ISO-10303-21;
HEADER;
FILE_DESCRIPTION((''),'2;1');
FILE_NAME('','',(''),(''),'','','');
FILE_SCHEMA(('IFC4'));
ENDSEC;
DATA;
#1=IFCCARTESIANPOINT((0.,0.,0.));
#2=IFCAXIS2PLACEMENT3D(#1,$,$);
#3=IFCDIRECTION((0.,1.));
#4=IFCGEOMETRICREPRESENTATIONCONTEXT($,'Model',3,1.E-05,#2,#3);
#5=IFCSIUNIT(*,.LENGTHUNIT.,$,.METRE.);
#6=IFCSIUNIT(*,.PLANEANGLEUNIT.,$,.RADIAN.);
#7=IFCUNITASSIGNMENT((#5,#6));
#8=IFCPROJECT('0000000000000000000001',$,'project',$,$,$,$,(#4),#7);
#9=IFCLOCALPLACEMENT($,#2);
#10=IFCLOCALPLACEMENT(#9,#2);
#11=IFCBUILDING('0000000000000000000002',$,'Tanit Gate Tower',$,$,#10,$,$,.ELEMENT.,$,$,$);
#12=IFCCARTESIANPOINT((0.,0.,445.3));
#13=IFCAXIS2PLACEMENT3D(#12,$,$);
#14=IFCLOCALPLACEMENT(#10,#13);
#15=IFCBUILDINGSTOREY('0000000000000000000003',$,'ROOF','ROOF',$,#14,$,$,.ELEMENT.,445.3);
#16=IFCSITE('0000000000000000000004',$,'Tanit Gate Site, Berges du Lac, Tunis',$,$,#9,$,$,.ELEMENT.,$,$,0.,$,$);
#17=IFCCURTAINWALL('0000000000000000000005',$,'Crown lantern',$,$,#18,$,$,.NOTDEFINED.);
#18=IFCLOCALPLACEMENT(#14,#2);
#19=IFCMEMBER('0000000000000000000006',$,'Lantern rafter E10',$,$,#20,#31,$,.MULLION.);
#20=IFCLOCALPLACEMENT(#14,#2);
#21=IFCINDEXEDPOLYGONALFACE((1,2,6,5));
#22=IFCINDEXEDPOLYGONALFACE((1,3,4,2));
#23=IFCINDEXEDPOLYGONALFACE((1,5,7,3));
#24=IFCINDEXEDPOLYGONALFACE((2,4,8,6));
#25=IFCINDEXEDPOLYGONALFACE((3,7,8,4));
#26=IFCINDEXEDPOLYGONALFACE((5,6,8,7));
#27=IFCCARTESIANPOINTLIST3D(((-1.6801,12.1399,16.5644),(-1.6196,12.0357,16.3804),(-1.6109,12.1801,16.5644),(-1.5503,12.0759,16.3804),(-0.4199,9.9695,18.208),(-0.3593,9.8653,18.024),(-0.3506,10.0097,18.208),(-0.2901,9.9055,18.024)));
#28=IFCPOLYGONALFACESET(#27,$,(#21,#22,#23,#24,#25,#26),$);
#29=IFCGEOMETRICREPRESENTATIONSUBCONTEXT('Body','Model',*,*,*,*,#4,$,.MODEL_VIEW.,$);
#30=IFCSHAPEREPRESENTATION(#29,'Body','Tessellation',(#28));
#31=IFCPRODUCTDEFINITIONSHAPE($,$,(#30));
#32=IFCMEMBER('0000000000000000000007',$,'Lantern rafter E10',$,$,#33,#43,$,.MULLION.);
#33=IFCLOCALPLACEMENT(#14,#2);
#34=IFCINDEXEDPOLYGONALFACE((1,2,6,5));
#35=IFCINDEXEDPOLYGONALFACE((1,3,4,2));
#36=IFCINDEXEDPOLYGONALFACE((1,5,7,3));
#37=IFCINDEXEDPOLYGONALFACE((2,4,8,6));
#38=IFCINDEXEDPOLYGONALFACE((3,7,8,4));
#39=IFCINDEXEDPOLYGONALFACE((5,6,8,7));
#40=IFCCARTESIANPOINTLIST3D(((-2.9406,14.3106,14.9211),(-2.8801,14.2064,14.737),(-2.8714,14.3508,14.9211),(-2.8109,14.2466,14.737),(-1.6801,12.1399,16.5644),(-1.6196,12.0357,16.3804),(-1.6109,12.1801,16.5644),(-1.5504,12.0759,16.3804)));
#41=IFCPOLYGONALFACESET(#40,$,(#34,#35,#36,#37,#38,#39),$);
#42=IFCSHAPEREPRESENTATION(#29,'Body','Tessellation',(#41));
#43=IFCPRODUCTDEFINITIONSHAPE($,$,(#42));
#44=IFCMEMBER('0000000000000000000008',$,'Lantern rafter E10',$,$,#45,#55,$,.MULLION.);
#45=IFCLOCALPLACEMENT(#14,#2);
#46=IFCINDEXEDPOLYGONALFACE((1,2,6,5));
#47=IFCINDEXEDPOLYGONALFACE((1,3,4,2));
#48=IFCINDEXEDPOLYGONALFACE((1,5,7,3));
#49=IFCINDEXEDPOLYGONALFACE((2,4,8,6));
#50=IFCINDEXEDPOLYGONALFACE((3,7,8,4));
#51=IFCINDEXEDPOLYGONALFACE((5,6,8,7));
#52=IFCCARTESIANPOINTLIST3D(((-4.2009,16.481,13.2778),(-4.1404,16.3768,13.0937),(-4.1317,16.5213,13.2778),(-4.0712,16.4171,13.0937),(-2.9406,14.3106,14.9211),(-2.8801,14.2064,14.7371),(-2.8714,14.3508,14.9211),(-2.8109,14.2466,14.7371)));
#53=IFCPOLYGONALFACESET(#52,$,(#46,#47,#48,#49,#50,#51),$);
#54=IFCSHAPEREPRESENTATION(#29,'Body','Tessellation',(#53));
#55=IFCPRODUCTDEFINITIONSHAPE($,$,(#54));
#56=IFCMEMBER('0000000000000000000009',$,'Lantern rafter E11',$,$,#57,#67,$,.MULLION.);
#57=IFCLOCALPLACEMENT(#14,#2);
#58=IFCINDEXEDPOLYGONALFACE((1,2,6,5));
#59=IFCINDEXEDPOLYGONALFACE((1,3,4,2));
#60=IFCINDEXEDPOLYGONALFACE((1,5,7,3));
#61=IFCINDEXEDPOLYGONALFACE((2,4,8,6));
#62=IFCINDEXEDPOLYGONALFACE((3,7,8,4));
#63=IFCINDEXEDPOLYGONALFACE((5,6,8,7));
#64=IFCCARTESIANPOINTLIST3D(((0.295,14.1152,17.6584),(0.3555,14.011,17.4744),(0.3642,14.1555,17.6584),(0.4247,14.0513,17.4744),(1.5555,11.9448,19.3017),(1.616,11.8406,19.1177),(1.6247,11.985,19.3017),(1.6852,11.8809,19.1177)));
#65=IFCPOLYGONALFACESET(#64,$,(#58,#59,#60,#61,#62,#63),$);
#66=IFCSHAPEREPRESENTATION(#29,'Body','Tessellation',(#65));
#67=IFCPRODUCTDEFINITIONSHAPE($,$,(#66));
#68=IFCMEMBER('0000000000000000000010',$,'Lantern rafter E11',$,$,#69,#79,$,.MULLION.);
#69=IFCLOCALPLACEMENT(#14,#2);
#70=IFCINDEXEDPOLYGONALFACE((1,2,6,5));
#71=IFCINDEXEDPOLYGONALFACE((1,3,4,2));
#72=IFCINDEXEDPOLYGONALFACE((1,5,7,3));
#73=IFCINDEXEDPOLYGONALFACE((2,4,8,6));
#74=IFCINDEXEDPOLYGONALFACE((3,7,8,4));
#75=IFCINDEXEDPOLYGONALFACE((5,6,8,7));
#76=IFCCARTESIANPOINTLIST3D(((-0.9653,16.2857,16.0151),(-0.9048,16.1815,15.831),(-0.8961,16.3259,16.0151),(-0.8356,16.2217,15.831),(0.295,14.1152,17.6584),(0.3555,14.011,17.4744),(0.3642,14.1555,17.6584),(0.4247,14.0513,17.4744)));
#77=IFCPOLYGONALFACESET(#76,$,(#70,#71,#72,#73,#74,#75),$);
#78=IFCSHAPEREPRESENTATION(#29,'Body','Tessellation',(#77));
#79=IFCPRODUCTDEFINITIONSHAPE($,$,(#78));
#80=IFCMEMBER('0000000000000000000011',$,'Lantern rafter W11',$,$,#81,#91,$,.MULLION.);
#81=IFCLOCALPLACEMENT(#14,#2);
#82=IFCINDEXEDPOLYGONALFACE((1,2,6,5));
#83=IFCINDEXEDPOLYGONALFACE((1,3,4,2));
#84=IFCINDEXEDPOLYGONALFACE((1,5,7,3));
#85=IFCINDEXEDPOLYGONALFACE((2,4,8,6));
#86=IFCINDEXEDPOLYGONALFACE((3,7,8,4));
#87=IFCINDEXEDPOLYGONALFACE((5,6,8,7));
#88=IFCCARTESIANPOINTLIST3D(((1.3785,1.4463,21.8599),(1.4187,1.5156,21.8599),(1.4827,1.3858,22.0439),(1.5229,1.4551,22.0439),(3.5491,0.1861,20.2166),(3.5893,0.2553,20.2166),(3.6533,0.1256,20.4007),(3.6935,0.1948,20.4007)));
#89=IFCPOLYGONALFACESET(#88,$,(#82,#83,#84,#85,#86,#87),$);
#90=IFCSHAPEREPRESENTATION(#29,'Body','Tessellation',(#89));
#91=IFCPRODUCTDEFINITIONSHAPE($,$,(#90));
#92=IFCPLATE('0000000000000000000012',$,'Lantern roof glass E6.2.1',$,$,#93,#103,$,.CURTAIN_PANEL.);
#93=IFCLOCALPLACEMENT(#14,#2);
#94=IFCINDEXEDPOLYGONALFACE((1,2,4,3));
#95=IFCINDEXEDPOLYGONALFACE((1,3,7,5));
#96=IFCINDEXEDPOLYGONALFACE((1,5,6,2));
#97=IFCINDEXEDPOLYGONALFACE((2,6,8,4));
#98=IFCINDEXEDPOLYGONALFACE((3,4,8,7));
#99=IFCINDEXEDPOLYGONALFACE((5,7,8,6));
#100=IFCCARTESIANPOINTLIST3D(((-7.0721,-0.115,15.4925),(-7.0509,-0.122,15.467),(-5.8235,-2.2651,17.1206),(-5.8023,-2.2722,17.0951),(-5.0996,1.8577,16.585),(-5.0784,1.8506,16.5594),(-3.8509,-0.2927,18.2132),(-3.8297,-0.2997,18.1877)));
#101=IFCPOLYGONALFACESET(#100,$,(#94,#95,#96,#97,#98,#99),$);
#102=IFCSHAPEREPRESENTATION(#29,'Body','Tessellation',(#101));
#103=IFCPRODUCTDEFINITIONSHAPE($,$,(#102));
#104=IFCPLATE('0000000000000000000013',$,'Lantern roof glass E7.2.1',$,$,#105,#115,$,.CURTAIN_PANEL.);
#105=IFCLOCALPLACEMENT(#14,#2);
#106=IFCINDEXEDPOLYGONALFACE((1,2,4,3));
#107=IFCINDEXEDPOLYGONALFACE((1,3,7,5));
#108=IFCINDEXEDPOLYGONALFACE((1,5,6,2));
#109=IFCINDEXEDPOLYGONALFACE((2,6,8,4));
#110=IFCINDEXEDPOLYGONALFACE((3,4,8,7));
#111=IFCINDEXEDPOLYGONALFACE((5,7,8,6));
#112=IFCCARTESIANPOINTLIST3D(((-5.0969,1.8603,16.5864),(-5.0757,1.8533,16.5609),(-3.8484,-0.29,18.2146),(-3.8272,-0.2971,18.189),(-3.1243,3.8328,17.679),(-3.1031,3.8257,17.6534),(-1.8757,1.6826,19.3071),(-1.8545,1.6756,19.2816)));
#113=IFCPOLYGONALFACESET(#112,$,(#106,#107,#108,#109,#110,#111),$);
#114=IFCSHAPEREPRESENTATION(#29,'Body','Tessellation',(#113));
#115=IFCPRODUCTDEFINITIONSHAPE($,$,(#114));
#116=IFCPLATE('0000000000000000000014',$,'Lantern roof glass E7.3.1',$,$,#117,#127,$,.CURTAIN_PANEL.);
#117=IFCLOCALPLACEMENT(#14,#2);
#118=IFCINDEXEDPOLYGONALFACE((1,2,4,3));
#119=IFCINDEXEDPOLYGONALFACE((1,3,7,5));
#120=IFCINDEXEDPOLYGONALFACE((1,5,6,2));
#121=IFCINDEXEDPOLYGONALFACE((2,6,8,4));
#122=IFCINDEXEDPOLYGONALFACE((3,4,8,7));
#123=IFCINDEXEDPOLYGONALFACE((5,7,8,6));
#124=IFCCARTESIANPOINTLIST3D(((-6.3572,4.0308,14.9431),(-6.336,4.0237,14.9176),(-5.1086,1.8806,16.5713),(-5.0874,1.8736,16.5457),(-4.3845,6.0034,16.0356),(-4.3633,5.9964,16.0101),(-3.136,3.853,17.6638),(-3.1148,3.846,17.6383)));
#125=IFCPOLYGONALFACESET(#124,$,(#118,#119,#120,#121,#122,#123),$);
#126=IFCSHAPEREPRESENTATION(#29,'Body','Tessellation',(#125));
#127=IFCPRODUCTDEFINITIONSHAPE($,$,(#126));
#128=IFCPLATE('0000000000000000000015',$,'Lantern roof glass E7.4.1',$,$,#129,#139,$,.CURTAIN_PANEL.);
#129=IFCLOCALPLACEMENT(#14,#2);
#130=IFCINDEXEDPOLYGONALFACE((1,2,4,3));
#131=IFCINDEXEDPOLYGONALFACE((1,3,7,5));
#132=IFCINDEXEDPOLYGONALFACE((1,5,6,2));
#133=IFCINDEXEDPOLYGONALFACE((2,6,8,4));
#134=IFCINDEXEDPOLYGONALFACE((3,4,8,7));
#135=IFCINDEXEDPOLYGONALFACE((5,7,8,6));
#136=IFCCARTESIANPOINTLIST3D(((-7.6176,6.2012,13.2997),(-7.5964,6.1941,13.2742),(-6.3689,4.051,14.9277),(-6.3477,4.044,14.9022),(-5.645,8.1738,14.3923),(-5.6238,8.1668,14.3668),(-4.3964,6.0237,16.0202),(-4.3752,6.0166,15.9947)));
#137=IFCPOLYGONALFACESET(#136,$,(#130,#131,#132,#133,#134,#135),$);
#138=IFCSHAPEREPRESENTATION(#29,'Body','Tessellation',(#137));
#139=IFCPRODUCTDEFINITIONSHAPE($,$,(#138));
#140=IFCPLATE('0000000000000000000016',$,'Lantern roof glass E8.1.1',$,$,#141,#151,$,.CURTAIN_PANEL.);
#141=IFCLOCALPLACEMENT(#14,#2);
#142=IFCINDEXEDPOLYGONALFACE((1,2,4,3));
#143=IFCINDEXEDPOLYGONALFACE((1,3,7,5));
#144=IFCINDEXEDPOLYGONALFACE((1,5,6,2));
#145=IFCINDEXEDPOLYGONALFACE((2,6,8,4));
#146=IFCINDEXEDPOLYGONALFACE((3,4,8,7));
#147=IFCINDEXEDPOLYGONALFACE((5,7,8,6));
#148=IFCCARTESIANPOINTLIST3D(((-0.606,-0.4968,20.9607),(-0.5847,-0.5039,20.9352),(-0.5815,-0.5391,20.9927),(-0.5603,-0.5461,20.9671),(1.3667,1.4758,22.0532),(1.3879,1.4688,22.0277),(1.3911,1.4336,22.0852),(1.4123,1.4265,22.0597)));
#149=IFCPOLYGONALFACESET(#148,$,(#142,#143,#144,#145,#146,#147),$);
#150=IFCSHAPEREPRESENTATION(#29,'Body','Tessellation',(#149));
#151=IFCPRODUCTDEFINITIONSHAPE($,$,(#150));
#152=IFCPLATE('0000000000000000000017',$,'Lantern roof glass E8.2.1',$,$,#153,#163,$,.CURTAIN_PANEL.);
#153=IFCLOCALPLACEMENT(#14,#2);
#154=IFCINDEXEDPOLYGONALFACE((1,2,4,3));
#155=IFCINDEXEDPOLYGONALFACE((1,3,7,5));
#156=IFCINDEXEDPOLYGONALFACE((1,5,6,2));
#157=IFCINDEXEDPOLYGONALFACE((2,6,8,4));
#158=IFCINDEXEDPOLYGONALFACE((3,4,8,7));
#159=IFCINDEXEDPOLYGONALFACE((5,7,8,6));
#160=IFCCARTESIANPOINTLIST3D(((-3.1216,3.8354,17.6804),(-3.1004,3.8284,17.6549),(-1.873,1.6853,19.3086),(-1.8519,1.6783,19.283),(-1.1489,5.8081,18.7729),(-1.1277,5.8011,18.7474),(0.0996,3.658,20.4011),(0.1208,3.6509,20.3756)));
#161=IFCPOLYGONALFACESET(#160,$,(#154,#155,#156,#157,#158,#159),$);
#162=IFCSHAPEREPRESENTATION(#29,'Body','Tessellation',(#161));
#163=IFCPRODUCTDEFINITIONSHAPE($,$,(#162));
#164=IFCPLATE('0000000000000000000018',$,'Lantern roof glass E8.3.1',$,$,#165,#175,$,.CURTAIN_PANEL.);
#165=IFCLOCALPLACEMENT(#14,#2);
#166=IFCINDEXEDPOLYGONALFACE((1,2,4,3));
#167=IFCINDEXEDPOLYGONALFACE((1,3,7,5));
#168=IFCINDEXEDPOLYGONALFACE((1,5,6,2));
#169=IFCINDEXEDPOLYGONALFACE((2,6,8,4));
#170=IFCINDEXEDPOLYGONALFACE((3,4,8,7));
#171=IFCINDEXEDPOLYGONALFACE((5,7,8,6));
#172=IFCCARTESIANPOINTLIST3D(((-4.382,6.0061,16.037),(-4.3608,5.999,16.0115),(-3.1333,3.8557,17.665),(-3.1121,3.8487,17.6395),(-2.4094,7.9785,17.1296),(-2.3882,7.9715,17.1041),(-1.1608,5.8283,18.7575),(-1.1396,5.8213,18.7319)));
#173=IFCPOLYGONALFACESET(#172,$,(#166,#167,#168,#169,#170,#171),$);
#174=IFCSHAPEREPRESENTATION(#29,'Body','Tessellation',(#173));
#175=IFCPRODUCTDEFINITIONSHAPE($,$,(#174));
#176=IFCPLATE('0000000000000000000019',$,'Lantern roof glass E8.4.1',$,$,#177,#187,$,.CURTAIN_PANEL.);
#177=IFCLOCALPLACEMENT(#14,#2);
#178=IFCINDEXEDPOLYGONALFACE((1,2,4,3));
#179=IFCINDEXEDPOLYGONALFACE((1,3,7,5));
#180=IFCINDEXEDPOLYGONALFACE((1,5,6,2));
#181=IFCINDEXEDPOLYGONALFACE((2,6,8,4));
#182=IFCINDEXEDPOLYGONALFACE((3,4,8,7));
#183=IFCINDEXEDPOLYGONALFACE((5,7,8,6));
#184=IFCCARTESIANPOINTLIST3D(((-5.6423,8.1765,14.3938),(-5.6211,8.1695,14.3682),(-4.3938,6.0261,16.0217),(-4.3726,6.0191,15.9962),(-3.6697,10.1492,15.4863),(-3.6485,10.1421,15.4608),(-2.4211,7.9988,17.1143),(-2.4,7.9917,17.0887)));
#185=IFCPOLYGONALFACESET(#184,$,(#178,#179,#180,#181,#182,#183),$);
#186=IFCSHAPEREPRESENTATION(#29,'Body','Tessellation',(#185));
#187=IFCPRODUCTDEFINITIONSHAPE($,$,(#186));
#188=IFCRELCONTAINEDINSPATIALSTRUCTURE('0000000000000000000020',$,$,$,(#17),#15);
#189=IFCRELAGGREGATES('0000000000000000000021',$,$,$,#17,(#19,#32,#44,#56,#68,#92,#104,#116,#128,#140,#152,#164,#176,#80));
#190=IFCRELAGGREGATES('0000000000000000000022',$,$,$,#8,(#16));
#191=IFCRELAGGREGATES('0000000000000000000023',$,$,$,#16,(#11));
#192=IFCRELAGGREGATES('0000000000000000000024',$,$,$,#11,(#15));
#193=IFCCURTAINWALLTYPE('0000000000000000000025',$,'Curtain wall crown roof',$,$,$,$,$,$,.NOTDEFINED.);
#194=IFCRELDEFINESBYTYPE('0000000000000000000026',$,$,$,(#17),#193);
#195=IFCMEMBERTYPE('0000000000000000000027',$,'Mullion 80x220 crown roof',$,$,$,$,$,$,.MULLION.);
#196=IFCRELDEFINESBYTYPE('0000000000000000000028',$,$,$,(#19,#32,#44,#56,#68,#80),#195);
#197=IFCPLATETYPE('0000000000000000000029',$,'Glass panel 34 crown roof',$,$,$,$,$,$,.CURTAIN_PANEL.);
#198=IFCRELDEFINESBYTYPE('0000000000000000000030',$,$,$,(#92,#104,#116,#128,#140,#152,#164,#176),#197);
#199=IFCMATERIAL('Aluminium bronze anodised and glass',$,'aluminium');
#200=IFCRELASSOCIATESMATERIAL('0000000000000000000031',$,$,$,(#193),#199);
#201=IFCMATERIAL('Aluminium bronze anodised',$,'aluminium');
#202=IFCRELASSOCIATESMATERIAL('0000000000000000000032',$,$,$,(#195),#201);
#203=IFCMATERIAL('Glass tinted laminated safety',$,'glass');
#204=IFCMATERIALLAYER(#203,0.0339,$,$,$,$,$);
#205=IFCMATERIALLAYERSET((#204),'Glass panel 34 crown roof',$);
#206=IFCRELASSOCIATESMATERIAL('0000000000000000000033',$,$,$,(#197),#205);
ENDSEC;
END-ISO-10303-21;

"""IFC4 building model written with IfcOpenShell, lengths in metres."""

from ifc_helpers import new_model, si_unit, direction, frame, origin, origin_2d, place, context, subcontext, project, spatial, polyline, rectangle, outline, extrude, material, layer, layer_set, material_profile, profile_set, type_object, element, aggregate, save


model = new_model("IFC4")

# Units and contexts
model_context = context("Model", 3, precision=1e-05, world=origin(), true_north=direction((0.0, 1.0)))
body_context = subcontext(model_context, "Body", "Model", "MODEL_VIEW")
ifc_project = project(units=[si_unit("LENGTHUNIT", "METRE"), si_unit("PLANEANGLEUNIT", "RADIAN")], contexts=[model_context])

# Site, building, storey
site_placement = place(None, origin())
site = spatial("IfcSite", under=ifc_project, at=site_placement, Name="Tanit Gate Site, Berges du Lac, Tunis", CompositionType="ELEMENT", RefElevation=0.0)
building_placement = place(site_placement, origin())
building = spatial("IfcBuilding", under=site, at=building_placement, Name="Tanit Gate Tower", CompositionType="ELEMENT")
storey_placement = place(building_placement, frame((0.0, 0.0, 445.3)))
storey = spatial("IfcBuildingStorey", under=building, at=storey_placement, Name="ROOF", Description="ROOF", CompositionType="ELEMENT", Elevation=445.3)

# Curtain wall, members, plates
ifc_material_1 = material(Name="Aluminium bronze anodised and glass", Category="aluminium")
curtain_wall_type = type_object("IfcCurtainWallType", Name="Curtain wall crown roof", PredefinedType="NOTDEFINED", material=ifc_material_1)
curtain_wall_placement = place(storey_placement, origin())
curtain_wall = element("IfcCurtainWall", 1, at=curtain_wall_placement, inside=storey, type_object=curtain_wall_type, Name="Crown lantern", PredefinedType="NOTDEFINED")
ifc_material_2 = material(Name="Aluminium bronze anodised", Category="aluminium")
ifc_material_profile = material_profile(ifc_material_2, rectangle(XDim=0.0801, YDim=0.22, at=origin_2d()), Name="80x220 bronze rafter")
ifc_profile_set = profile_set([ifc_material_profile], Name="Aluminium bronze anodised")
member_type = type_object("IfcMemberType", Name="Mullion 80x220 crown roof", PredefinedType="MULLION", material=ifc_profile_set)
member_1_placement = place(storey_placement, frame((-0.355, 9.9375, 18.116), z_axis=(-0.42008, 0.723462, -0.547846), x_axis=(-0.864786, -0.50214, 0.0)))
member_1 = element("IfcMember", 2, at=member_1_placement, type_object=member_type, Name="Lantern rafter E10", PredefinedType="MULLION", context=body_context, shape_type="SweptSolid", body=[
    extrude(rectangle(XDim=0.0801, YDim=0.22, at=origin_2d()), origin(), (0.0, 0.0, 1.0), 3.0),
])
member_2_placement = place(storey_placement, frame((-1.6152, 12.1079, 16.4724), z_axis=(-0.420141, 0.723509, -0.547738), x_axis=(-0.864769, -0.502171, 0.0)))
member_2 = element("IfcMember", 3, at=member_2_placement, type_object=member_type, Name="Lantern rafter E10", PredefinedType="MULLION", context=body_context, shape_type="SweptSolid", body=[
    extrude(rectangle(XDim=0.0801, YDim=0.22, at=origin_2d()), origin(), (0.0, 0.0, 1.0), 3.0002),
])
member_3_placement = place(storey_placement, frame((-2.8757, 14.2786, 14.8291), z_axis=(-0.420099, 0.723495, -0.547789), x_axis=(-0.864786, -0.50214, 0.0)))
member_3 = element("IfcMember", 4, at=member_3_placement, type_object=member_type, Name="Lantern rafter E10", PredefinedType="MULLION", context=body_context, shape_type="SweptSolid", body=[
    extrude(rectangle(XDim=0.0801, YDim=0.22, at=origin_2d()), origin(), (0.0, 0.0, 1.0), 3.0),
])
member_4_placement = place(storey_placement, frame((1.6204, 11.9128, 19.2097), z_axis=(-0.420166, 0.72347, -0.54777), x_axis=(-0.864744, -0.502213, 0.0)))
member_4 = element("IfcMember", 5, at=member_4_placement, type_object=member_type, Name="Lantern rafter E11", PredefinedType="MULLION", context=body_context, shape_type="SweptSolid", body=[
    extrude(rectangle(XDim=0.0801, YDim=0.22, at=origin_2d()), origin(), (0.0, 0.0, 1.0), 3.0),
])
member_5_placement = place(storey_placement, frame((0.3599, 14.0833, 17.5664), z_axis=(-0.420099, 0.723495, -0.547789), x_axis=(-0.864786, -0.50214, 0.0)))
member_5 = element("IfcMember", 6, at=member_5_placement, type_object=member_type, Name="Lantern rafter E11", PredefinedType="MULLION", context=body_context, shape_type="SweptSolid", body=[
    extrude(rectangle(XDim=0.0801, YDim=0.22, at=origin_2d()), origin(), (0.0, 0.0, 1.0), 3.0),
])
member_6_placement = place(storey_placement, frame((1.4507, 1.4507, 21.9519), z_axis=(0.723533, -0.420074, -0.547757), x_axis=(0.502098, 0.864811, 0.0)))
member_6 = element("IfcMember", 7, at=member_6_placement, type_object=member_type, Name="Lantern rafter W11", PredefinedType="MULLION", context=body_context, shape_type="SweptSolid", body=[
    extrude(rectangle(XDim=0.0801, YDim=0.22, at=origin_2d()), origin(), (0.0, 0.0, 1.0), 3.0),
])
ifc_material_3 = material(Name="Glass tinted laminated safety", Category="glass")
ifc_layer = layer(ifc_material_3, 0.0339)
ifc_layer_set = layer_set([ifc_layer], Name="Glass panel 34 crown roof")
plate_type = type_object("IfcPlateType", Name="Glass panel 34 crown roof", PredefinedType="CURTAIN_PANEL", material=ifc_layer_set)
plate_1_placement = place(storey_placement, frame((-5.0996, 1.8577, 16.585), z_axis=(-0.624514, 0.207477, 0.752951), x_axis=(-0.658392, -0.658445, -0.36465)))
plate_1 = element("IfcPlate", 8, at=plate_1_placement, type_object=plate_type, Name="Lantern roof glass E6.2.1", PredefinedType="CURTAIN_PANEL", context=body_context, shape_type="SweptSolid", body=[
    extrude(outline(polyline([(0.0, 0.0), (2.9959, 0.0), (2.9959, 2.972), (0.0, 2.9723), (0.0, 0.0)])), origin(), (0.0, 0.0, -1.0), 0.0339),
])
plate_2_placement = place(storey_placement, frame((-3.1243, 3.8328, 17.679), z_axis=(-0.624508, 0.207512, 0.752946), x_axis=(-0.658447, -0.658373, -0.364681)))
plate_2 = element("IfcPlate", 9, at=plate_2_placement, type_object=plate_type, Name="Lantern roof glass E7.2.1", PredefinedType="CURTAIN_PANEL", context=body_context, shape_type="SweptSolid", body=[
    extrude(outline(polyline([(0.0, 0.0), (2.9959, 0.0), (2.9958, 2.9722), (-0.0003, 2.972), (0.0, 0.0)])), origin(), (0.0, 0.0, -1.0), 0.0339),
])
plate_3_placement = place(storey_placement, frame((-4.3845, 6.0034, 16.0356), z_axis=(-0.624508, 0.207512, 0.752946), x_axis=(-0.658422, -0.658415, -0.364649)))
plate_3 = element("IfcPlate", 10, at=plate_3_placement, type_object=plate_type, Name="Lantern roof glass E7.3.1", PredefinedType="CURTAIN_PANEL", context=body_context, shape_type="SweptSolid", body=[
    extrude(outline(polyline([(0.0, 0.0), (2.9961, 0.0), (2.996, 2.972), (0.0001, 2.9722), (0.0, 0.0)])), origin(), (0.0, 0.0, -1.0), 0.0339),
])
plate_4_placement = place(storey_placement, frame((-5.645, 8.1738, 14.3923), z_axis=(-0.624498, 0.207433, 0.752977), x_axis=(-0.658401, -0.658422, -0.364675)))
plate_4 = element("IfcPlate", 11, at=plate_4_placement, type_object=plate_type, Name="Lantern roof glass E7.4.1", PredefinedType="CURTAIN_PANEL", context=body_context, shape_type="SweptSolid", body=[
    extrude(outline(polyline([(0.0, 0.0), (2.9961, 0.0), (2.9959, 2.972), (0.0, 2.9719), (0.0, 0.0)])), origin(), (0.0, 0.0, -1.0), 0.0339),
])
plate_5_placement = place(storey_placement, frame((1.3667, 1.4758, 22.0532), z_axis=(-0.625016, 0.208371, 0.752288), x_axis=(-0.658417, -0.658417, -0.364656)))
plate_5 = element("IfcPlate", 12, at=plate_5_placement, type_object=plate_type, Name="Lantern roof glass E8.1.1", PredefinedType="CURTAIN_PANEL", context=body_context, shape_type="SweptSolid", body=[
    extrude(outline(polyline([(0.0, 0.0), (2.9961, 0.0), (2.9961, 0.0583), (0.0001, 0.0583), (0.0, 0.0)])), origin(), (0.0, 0.0, -1.0), 0.0339),
])
plate_6_placement = place(storey_placement, frame((-1.1489, 5.8081, 18.7729), z_axis=(-0.624518, 0.207513, 0.752938), x_axis=(-0.658417, -0.658417, -0.364656)))
plate_6 = element("IfcPlate", 13, at=plate_6_placement, type_object=plate_type, Name="Lantern roof glass E8.2.1", PredefinedType="CURTAIN_PANEL", context=body_context, shape_type="SweptSolid", body=[
    extrude(outline(polyline([(0.0, 0.0), (2.9961, 0.0), (2.996, 2.972), (-0.0001, 2.972), (0.0, 0.0)])), origin(), (0.0, 0.0, -1.0), 0.0339),
])
plate_7_placement = place(storey_placement, frame((-2.4094, 7.9785, 17.1296), z_axis=(-0.624488, 0.207432, 0.752985), x_axis=(-0.658431, -0.658378, -0.364701)))
plate_7 = element("IfcPlate", 14, at=plate_7_placement, type_object=plate_type, Name="Lantern roof glass E8.3.1", PredefinedType="CURTAIN_PANEL", context=body_context, shape_type="SweptSolid", body=[
    extrude(outline(polyline([(0.0, 0.0), (2.9959, 0.0), (2.9957, 2.9722), (-0.0002, 2.9719), (0.0, 0.0)])), origin(), (0.0, 0.0, -1.0), 0.0339),
])
plate_8_placement = place(storey_placement, frame((-3.6697, 10.1492, 15.4863), z_axis=(-0.624484, 0.207456, 0.752982), x_axis=(-0.658417, -0.658417, -0.364656)))
plate_8 = element("IfcPlate", 15, at=plate_8_placement, type_object=plate_type, Name="Lantern roof glass E8.4.1", PredefinedType="CURTAIN_PANEL", context=body_context, shape_type="SweptSolid", body=[
    extrude(outline(polyline([(0.0, 0.0), (2.9961, 0.0), (2.9962, 2.9721), (0.0002, 2.9721), (0.0, 0.0)])), origin(), (0.0, 0.0, -1.0), 0.0339),
])
aggregate(curtain_wall, [member_1, member_2, member_3, member_4, member_5, plate_1, plate_2, plate_3, plate_4, plate_5, plate_6, plate_7, plate_8, member_6])

save(model, "model.ifc")
